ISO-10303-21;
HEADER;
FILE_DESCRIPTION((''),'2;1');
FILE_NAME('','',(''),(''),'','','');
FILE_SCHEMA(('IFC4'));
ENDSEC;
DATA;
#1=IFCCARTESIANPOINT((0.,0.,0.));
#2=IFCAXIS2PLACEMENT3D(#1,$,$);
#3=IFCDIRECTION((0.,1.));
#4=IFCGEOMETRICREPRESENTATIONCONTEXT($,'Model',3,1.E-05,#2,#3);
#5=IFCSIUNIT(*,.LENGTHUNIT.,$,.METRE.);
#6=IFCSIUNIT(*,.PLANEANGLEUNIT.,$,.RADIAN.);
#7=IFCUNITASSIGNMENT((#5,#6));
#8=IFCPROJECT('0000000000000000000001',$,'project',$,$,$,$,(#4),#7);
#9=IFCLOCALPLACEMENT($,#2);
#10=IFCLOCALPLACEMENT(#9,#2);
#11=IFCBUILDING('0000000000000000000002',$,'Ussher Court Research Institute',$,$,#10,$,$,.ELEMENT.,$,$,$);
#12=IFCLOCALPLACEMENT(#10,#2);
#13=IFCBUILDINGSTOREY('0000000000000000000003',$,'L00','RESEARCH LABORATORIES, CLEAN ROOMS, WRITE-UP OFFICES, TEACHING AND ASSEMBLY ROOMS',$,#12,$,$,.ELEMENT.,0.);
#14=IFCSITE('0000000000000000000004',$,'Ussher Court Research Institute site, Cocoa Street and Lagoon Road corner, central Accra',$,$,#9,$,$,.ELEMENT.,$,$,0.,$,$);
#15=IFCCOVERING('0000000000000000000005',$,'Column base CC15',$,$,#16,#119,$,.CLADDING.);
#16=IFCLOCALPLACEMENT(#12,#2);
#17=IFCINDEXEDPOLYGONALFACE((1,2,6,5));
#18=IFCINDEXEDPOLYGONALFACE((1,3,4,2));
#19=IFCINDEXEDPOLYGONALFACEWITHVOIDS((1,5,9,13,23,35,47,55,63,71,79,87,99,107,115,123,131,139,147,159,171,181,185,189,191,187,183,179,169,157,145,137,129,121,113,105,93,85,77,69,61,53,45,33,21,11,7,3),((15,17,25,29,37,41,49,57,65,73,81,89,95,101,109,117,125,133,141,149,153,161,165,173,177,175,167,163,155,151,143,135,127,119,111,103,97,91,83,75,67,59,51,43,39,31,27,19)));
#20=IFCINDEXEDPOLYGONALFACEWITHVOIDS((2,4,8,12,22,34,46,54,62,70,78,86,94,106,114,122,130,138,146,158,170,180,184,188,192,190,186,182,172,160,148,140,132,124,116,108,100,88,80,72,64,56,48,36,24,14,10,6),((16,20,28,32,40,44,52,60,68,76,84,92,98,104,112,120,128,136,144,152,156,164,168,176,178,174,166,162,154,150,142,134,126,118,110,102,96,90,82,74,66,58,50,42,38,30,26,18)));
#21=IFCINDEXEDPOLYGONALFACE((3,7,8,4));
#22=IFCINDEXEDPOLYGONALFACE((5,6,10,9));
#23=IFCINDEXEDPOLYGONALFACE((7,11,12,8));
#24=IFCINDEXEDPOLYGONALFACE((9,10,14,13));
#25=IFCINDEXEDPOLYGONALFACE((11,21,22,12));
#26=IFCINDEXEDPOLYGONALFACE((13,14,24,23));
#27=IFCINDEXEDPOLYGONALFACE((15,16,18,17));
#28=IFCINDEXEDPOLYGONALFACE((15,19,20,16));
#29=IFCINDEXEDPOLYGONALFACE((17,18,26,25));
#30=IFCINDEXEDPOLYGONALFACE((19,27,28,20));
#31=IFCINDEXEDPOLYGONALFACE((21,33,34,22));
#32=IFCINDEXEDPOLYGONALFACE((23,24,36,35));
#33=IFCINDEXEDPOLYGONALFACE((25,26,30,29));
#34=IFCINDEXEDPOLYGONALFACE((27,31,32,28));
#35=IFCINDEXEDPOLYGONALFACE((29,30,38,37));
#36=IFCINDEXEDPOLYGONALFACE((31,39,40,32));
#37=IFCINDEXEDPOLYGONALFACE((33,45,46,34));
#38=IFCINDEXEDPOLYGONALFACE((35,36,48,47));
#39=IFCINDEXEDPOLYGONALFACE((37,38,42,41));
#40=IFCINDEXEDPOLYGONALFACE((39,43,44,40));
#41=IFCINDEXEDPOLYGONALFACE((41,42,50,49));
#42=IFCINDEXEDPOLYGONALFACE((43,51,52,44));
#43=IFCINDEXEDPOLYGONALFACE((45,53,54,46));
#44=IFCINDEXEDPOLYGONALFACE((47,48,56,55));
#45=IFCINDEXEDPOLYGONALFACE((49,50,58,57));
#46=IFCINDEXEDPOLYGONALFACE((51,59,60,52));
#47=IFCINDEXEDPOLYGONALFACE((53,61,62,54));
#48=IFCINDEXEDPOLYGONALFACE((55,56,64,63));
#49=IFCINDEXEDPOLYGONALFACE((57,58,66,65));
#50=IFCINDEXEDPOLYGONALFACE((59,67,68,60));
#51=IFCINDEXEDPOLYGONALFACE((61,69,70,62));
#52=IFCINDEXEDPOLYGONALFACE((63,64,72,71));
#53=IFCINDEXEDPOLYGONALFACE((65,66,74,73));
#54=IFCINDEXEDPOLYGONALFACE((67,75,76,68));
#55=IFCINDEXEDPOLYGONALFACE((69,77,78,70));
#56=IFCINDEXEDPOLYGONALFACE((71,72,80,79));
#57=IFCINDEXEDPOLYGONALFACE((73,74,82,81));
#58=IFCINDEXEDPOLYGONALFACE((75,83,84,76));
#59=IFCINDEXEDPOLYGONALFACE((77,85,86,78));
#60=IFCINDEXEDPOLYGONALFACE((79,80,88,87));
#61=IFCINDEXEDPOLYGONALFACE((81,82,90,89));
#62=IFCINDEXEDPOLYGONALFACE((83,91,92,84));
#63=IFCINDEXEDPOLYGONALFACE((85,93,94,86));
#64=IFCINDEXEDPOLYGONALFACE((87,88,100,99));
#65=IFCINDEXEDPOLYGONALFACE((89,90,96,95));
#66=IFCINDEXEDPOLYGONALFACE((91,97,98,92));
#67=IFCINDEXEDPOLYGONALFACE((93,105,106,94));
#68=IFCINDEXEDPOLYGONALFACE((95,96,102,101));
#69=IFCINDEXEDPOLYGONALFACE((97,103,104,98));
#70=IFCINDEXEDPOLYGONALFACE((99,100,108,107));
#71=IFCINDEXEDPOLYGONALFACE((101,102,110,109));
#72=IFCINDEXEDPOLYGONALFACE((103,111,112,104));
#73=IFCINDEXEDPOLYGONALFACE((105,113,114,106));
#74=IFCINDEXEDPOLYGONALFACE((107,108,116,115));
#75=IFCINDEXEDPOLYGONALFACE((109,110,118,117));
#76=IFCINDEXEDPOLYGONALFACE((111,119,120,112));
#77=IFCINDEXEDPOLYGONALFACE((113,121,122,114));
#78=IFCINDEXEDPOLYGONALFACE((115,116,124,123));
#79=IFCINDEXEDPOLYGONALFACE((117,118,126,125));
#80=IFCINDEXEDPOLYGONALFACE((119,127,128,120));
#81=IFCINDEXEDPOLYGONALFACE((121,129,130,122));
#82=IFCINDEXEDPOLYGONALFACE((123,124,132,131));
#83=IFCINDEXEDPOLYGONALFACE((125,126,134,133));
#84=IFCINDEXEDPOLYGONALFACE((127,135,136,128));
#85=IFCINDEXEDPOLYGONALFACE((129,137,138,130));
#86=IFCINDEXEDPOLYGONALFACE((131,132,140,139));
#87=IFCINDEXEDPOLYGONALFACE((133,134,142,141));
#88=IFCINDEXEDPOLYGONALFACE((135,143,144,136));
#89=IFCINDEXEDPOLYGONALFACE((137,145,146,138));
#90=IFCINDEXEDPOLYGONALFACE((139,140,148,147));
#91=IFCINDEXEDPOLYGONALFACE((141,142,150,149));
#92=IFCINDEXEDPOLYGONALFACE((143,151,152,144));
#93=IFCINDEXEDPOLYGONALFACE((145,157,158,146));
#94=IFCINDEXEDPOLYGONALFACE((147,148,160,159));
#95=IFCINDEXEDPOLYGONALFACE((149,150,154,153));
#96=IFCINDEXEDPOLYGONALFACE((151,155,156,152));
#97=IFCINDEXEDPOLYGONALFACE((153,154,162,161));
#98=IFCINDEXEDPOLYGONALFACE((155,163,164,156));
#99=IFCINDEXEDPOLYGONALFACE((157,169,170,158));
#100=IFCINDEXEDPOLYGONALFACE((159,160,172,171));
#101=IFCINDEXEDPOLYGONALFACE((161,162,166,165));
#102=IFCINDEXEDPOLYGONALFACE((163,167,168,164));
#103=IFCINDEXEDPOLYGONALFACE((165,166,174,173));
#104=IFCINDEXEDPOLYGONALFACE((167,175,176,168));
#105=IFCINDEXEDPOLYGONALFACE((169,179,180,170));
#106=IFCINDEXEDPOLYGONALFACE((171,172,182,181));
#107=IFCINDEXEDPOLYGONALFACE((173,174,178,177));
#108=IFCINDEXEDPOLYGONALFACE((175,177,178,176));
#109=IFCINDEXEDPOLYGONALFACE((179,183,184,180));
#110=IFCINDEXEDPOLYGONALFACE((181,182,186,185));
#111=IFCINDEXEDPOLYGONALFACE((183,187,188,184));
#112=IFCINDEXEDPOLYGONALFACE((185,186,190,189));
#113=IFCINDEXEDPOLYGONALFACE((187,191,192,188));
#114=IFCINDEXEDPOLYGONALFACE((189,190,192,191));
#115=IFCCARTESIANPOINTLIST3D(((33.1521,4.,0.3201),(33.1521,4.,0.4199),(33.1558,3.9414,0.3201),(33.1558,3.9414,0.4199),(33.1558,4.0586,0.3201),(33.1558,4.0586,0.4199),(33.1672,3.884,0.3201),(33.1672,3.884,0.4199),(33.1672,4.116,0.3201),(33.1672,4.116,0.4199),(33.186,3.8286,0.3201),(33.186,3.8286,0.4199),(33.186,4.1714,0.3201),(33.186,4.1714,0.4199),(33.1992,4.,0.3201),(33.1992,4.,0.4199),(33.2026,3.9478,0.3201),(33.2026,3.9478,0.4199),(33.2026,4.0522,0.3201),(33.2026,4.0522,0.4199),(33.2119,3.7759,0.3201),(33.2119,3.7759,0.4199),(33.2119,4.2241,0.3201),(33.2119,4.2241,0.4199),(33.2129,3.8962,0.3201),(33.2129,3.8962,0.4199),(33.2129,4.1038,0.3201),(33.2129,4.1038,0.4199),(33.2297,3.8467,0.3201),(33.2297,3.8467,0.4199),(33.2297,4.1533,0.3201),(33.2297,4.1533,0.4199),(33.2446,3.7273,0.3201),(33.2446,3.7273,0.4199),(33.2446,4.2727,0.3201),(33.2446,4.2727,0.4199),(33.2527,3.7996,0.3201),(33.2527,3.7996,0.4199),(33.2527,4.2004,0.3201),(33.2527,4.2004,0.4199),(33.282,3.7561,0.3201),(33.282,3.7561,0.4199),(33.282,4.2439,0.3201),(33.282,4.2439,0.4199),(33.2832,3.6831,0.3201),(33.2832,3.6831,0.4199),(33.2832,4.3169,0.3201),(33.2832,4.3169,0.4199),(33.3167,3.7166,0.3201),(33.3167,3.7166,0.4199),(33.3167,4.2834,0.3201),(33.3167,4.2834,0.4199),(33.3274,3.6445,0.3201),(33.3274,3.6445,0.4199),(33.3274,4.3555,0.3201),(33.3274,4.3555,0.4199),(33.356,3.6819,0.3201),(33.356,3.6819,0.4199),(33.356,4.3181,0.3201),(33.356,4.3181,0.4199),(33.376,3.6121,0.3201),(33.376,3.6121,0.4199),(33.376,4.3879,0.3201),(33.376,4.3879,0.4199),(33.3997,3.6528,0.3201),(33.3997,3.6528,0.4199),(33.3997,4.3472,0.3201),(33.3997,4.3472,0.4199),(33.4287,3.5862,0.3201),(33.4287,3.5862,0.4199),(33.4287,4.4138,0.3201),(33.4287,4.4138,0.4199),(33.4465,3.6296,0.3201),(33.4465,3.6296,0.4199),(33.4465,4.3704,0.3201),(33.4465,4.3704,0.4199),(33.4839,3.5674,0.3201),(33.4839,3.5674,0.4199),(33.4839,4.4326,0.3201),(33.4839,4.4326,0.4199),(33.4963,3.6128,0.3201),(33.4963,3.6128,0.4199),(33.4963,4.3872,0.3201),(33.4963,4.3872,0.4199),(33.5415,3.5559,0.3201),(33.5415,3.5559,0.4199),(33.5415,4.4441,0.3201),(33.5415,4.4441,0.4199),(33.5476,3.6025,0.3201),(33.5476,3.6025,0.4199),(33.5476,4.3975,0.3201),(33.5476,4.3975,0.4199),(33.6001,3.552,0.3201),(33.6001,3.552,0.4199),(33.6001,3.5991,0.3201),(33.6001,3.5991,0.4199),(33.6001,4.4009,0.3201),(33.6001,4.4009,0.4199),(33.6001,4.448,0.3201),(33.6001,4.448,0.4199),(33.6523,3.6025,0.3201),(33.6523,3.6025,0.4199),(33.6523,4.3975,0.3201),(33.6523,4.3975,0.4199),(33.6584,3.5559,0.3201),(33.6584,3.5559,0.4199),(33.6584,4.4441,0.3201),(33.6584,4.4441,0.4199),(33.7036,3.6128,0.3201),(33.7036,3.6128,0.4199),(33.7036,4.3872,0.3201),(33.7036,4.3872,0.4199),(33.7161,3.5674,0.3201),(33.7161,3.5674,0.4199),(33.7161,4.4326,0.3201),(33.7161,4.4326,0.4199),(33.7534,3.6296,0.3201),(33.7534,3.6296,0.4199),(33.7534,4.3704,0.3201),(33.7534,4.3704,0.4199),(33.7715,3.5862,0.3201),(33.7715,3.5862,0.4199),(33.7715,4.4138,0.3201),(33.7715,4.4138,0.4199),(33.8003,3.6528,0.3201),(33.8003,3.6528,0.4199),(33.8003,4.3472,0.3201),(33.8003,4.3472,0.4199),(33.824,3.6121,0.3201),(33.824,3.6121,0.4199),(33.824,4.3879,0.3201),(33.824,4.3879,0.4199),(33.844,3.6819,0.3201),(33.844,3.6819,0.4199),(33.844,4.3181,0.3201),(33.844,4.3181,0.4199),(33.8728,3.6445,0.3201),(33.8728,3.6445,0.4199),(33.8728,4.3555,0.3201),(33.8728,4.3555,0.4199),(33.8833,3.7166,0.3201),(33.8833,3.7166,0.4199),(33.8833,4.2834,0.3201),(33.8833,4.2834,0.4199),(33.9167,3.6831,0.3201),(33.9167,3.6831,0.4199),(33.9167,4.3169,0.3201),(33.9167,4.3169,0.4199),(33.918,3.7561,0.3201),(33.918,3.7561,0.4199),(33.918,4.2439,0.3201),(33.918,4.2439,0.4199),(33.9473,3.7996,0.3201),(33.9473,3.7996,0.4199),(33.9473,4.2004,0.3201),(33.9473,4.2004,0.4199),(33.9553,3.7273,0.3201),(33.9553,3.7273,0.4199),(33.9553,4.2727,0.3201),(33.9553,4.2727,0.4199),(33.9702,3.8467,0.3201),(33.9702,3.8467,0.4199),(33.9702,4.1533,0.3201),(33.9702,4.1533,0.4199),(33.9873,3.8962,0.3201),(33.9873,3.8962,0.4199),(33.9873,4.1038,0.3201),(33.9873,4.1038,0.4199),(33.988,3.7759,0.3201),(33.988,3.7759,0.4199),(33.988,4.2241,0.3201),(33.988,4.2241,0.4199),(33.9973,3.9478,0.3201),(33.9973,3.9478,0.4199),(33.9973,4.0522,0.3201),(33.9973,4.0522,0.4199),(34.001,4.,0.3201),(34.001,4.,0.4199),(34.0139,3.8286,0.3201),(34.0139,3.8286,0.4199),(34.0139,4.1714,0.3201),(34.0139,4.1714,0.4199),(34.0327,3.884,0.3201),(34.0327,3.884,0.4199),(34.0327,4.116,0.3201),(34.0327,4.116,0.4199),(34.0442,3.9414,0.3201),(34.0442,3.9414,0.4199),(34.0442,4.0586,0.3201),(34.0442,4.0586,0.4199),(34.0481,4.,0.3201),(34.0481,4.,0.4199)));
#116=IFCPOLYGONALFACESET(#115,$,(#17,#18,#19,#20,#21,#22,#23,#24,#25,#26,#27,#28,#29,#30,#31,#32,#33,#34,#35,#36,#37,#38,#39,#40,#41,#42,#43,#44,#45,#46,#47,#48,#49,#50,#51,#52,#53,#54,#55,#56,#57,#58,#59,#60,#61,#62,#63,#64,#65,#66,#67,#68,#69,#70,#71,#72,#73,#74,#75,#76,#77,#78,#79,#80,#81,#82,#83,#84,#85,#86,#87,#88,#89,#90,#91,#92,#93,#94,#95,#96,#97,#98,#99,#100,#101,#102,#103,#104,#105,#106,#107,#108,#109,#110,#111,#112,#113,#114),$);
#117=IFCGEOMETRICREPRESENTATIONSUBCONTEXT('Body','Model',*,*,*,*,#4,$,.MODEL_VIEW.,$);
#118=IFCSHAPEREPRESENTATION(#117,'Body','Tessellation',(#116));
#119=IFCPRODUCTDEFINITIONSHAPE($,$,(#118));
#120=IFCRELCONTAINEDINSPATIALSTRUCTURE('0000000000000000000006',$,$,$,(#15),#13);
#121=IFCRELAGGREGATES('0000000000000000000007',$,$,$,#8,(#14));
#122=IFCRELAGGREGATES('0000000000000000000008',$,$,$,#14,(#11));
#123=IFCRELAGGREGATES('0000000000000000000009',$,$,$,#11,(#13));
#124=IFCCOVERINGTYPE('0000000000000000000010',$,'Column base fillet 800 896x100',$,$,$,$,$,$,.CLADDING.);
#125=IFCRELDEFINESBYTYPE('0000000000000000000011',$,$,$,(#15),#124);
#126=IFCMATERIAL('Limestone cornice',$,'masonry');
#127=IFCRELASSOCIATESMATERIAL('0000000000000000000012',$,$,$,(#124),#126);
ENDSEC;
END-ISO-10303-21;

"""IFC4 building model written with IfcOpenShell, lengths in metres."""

from ifc_helpers import new_model, si_unit, direction, frame, origin, place, context, subcontext, project, spatial, polyline, outline, extrude, material, type_object, element, save


model = new_model("IFC4")

# Units and contexts
model_context = context("Model", 3, precision=1e-05, world=origin(), true_north=direction((0.0, 1.0)))
body_context = subcontext(model_context, "Body", "Model", "MODEL_VIEW")
ifc_project = project(units=[si_unit("LENGTHUNIT", "METRE"), si_unit("PLANEANGLEUNIT", "RADIAN")], contexts=[model_context])

# Site, building, storey
site_placement = place(None, origin())
site = spatial("IfcSite", under=ifc_project, at=site_placement, Name="Ussher Court Research Institute site, Cocoa Street and Lagoon Road corner, central Accra", CompositionType="ELEMENT", RefElevation=0.0)
building_placement = place(site_placement, origin())
building = spatial("IfcBuilding", under=site, at=building_placement, Name="Ussher Court Research Institute", CompositionType="ELEMENT")
storey_placement = place(building_placement, origin())
storey = spatial("IfcBuildingStorey", under=building, at=storey_placement, Name="L00", Description="RESEARCH LABORATORIES, CLEAN ROOMS, WRITE-UP OFFICES, TEACHING AND ASSEMBLY ROOMS", CompositionType="ELEMENT", Elevation=0.0)

# Covering
ifc_material_1 = material(Name="Limestone cornice", Category="masonry")
covering_type_1 = type_object("IfcCoveringType", Name="Column base fillet 800 896x100", PredefinedType="CLADDING", material=ifc_material_1)
covering_1_placement = place(storey_placement, frame((0.0, 0.0, 0.3201)))
element("IfcCovering", 1, at=covering_1_placement, inside=storey, type_object=covering_type_1, Name="Column base CC15", PredefinedType="CLADDING", context=body_context, shape_type="SweptSolid", body=[
    extrude(outline(polyline([(34.0481, 4.0), (34.0442, 4.0586), (34.0327, 4.116), (34.0139, 4.1714), (33.988, 4.2241), (33.9553, 4.2727), (33.9167, 4.3169), (33.8728, 4.3555), (33.824, 4.3879), (33.7715, 4.4138), (33.7161, 4.4326), (33.6584, 4.4441), (33.6001, 4.448), (33.5415, 4.4441), (33.4839, 4.4326), (33.4287, 4.4138), (33.376, 4.3879), (33.3274, 4.3555), (33.2832, 4.3169), (33.2446, 4.2727), (33.2119, 4.2241), (33.186, 4.1714), (33.1672, 4.116), (33.1558, 4.0586), (33.1521, 4.0), (33.1558, 3.9414), (33.1672, 3.884), (33.186, 3.8286), (33.2119, 3.7759), (33.2446, 3.7273), (33.2832, 3.6831), (33.3274, 3.6445), (33.376, 3.6121), (33.4287, 3.5862), (33.4839, 3.5674), (33.5415, 3.5559), (33.6001, 3.552), (33.6584, 3.5559), (33.7161, 3.5674), (33.7715, 3.5862), (33.824, 3.6121), (33.8728, 3.6445), (33.9167, 3.6831), (33.9553, 3.7273), (33.988, 3.7759), (34.0139, 3.8286), (34.0327, 3.884), (34.0442, 3.9414), (34.0481, 4.0)]), holes=[polyline([(34.001, 4.0), (33.9973, 4.0522), (33.9873, 4.1038), (33.9702, 4.1533), (33.9473, 4.2004), (33.918, 4.2439), (33.8833, 4.2834), (33.844, 4.3181), (33.8003, 4.3472), (33.7534, 4.3704), (33.7036, 4.3872), (33.6523, 4.3975), (33.6001, 4.4009), (33.5476, 4.3975), (33.4963, 4.3872), (33.4465, 4.3704), (33.3997, 4.3472), (33.356, 4.3181), (33.3167, 4.2834), (33.282, 4.2439), (33.2527, 4.2004), (33.2297, 4.1533), (33.2129, 4.1038), (33.2026, 4.0522), (33.1992, 4.0), (33.2026, 3.9478), (33.2129, 3.8962), (33.2297, 3.8467), (33.2527, 3.7996), (33.282, 3.7561), (33.3167, 3.7166), (33.356, 3.6819), (33.3997, 3.6528), (33.4465, 3.6296), (33.4963, 3.6128), (33.5476, 3.6025), (33.6001, 3.5991), (33.6523, 3.6025), (33.7036, 3.6128), (33.7534, 3.6296), (33.8003, 3.6528), (33.844, 3.6819), (33.8833, 3.7166), (33.918, 3.7561), (33.9473, 3.7996), (33.9702, 3.8467), (33.9873, 3.8962), (33.9973, 3.9478), (34.001, 4.0)])]), origin(), (0.0, 0.0, 1.0), 0.0999),
])

save(model, "model.ifc")
